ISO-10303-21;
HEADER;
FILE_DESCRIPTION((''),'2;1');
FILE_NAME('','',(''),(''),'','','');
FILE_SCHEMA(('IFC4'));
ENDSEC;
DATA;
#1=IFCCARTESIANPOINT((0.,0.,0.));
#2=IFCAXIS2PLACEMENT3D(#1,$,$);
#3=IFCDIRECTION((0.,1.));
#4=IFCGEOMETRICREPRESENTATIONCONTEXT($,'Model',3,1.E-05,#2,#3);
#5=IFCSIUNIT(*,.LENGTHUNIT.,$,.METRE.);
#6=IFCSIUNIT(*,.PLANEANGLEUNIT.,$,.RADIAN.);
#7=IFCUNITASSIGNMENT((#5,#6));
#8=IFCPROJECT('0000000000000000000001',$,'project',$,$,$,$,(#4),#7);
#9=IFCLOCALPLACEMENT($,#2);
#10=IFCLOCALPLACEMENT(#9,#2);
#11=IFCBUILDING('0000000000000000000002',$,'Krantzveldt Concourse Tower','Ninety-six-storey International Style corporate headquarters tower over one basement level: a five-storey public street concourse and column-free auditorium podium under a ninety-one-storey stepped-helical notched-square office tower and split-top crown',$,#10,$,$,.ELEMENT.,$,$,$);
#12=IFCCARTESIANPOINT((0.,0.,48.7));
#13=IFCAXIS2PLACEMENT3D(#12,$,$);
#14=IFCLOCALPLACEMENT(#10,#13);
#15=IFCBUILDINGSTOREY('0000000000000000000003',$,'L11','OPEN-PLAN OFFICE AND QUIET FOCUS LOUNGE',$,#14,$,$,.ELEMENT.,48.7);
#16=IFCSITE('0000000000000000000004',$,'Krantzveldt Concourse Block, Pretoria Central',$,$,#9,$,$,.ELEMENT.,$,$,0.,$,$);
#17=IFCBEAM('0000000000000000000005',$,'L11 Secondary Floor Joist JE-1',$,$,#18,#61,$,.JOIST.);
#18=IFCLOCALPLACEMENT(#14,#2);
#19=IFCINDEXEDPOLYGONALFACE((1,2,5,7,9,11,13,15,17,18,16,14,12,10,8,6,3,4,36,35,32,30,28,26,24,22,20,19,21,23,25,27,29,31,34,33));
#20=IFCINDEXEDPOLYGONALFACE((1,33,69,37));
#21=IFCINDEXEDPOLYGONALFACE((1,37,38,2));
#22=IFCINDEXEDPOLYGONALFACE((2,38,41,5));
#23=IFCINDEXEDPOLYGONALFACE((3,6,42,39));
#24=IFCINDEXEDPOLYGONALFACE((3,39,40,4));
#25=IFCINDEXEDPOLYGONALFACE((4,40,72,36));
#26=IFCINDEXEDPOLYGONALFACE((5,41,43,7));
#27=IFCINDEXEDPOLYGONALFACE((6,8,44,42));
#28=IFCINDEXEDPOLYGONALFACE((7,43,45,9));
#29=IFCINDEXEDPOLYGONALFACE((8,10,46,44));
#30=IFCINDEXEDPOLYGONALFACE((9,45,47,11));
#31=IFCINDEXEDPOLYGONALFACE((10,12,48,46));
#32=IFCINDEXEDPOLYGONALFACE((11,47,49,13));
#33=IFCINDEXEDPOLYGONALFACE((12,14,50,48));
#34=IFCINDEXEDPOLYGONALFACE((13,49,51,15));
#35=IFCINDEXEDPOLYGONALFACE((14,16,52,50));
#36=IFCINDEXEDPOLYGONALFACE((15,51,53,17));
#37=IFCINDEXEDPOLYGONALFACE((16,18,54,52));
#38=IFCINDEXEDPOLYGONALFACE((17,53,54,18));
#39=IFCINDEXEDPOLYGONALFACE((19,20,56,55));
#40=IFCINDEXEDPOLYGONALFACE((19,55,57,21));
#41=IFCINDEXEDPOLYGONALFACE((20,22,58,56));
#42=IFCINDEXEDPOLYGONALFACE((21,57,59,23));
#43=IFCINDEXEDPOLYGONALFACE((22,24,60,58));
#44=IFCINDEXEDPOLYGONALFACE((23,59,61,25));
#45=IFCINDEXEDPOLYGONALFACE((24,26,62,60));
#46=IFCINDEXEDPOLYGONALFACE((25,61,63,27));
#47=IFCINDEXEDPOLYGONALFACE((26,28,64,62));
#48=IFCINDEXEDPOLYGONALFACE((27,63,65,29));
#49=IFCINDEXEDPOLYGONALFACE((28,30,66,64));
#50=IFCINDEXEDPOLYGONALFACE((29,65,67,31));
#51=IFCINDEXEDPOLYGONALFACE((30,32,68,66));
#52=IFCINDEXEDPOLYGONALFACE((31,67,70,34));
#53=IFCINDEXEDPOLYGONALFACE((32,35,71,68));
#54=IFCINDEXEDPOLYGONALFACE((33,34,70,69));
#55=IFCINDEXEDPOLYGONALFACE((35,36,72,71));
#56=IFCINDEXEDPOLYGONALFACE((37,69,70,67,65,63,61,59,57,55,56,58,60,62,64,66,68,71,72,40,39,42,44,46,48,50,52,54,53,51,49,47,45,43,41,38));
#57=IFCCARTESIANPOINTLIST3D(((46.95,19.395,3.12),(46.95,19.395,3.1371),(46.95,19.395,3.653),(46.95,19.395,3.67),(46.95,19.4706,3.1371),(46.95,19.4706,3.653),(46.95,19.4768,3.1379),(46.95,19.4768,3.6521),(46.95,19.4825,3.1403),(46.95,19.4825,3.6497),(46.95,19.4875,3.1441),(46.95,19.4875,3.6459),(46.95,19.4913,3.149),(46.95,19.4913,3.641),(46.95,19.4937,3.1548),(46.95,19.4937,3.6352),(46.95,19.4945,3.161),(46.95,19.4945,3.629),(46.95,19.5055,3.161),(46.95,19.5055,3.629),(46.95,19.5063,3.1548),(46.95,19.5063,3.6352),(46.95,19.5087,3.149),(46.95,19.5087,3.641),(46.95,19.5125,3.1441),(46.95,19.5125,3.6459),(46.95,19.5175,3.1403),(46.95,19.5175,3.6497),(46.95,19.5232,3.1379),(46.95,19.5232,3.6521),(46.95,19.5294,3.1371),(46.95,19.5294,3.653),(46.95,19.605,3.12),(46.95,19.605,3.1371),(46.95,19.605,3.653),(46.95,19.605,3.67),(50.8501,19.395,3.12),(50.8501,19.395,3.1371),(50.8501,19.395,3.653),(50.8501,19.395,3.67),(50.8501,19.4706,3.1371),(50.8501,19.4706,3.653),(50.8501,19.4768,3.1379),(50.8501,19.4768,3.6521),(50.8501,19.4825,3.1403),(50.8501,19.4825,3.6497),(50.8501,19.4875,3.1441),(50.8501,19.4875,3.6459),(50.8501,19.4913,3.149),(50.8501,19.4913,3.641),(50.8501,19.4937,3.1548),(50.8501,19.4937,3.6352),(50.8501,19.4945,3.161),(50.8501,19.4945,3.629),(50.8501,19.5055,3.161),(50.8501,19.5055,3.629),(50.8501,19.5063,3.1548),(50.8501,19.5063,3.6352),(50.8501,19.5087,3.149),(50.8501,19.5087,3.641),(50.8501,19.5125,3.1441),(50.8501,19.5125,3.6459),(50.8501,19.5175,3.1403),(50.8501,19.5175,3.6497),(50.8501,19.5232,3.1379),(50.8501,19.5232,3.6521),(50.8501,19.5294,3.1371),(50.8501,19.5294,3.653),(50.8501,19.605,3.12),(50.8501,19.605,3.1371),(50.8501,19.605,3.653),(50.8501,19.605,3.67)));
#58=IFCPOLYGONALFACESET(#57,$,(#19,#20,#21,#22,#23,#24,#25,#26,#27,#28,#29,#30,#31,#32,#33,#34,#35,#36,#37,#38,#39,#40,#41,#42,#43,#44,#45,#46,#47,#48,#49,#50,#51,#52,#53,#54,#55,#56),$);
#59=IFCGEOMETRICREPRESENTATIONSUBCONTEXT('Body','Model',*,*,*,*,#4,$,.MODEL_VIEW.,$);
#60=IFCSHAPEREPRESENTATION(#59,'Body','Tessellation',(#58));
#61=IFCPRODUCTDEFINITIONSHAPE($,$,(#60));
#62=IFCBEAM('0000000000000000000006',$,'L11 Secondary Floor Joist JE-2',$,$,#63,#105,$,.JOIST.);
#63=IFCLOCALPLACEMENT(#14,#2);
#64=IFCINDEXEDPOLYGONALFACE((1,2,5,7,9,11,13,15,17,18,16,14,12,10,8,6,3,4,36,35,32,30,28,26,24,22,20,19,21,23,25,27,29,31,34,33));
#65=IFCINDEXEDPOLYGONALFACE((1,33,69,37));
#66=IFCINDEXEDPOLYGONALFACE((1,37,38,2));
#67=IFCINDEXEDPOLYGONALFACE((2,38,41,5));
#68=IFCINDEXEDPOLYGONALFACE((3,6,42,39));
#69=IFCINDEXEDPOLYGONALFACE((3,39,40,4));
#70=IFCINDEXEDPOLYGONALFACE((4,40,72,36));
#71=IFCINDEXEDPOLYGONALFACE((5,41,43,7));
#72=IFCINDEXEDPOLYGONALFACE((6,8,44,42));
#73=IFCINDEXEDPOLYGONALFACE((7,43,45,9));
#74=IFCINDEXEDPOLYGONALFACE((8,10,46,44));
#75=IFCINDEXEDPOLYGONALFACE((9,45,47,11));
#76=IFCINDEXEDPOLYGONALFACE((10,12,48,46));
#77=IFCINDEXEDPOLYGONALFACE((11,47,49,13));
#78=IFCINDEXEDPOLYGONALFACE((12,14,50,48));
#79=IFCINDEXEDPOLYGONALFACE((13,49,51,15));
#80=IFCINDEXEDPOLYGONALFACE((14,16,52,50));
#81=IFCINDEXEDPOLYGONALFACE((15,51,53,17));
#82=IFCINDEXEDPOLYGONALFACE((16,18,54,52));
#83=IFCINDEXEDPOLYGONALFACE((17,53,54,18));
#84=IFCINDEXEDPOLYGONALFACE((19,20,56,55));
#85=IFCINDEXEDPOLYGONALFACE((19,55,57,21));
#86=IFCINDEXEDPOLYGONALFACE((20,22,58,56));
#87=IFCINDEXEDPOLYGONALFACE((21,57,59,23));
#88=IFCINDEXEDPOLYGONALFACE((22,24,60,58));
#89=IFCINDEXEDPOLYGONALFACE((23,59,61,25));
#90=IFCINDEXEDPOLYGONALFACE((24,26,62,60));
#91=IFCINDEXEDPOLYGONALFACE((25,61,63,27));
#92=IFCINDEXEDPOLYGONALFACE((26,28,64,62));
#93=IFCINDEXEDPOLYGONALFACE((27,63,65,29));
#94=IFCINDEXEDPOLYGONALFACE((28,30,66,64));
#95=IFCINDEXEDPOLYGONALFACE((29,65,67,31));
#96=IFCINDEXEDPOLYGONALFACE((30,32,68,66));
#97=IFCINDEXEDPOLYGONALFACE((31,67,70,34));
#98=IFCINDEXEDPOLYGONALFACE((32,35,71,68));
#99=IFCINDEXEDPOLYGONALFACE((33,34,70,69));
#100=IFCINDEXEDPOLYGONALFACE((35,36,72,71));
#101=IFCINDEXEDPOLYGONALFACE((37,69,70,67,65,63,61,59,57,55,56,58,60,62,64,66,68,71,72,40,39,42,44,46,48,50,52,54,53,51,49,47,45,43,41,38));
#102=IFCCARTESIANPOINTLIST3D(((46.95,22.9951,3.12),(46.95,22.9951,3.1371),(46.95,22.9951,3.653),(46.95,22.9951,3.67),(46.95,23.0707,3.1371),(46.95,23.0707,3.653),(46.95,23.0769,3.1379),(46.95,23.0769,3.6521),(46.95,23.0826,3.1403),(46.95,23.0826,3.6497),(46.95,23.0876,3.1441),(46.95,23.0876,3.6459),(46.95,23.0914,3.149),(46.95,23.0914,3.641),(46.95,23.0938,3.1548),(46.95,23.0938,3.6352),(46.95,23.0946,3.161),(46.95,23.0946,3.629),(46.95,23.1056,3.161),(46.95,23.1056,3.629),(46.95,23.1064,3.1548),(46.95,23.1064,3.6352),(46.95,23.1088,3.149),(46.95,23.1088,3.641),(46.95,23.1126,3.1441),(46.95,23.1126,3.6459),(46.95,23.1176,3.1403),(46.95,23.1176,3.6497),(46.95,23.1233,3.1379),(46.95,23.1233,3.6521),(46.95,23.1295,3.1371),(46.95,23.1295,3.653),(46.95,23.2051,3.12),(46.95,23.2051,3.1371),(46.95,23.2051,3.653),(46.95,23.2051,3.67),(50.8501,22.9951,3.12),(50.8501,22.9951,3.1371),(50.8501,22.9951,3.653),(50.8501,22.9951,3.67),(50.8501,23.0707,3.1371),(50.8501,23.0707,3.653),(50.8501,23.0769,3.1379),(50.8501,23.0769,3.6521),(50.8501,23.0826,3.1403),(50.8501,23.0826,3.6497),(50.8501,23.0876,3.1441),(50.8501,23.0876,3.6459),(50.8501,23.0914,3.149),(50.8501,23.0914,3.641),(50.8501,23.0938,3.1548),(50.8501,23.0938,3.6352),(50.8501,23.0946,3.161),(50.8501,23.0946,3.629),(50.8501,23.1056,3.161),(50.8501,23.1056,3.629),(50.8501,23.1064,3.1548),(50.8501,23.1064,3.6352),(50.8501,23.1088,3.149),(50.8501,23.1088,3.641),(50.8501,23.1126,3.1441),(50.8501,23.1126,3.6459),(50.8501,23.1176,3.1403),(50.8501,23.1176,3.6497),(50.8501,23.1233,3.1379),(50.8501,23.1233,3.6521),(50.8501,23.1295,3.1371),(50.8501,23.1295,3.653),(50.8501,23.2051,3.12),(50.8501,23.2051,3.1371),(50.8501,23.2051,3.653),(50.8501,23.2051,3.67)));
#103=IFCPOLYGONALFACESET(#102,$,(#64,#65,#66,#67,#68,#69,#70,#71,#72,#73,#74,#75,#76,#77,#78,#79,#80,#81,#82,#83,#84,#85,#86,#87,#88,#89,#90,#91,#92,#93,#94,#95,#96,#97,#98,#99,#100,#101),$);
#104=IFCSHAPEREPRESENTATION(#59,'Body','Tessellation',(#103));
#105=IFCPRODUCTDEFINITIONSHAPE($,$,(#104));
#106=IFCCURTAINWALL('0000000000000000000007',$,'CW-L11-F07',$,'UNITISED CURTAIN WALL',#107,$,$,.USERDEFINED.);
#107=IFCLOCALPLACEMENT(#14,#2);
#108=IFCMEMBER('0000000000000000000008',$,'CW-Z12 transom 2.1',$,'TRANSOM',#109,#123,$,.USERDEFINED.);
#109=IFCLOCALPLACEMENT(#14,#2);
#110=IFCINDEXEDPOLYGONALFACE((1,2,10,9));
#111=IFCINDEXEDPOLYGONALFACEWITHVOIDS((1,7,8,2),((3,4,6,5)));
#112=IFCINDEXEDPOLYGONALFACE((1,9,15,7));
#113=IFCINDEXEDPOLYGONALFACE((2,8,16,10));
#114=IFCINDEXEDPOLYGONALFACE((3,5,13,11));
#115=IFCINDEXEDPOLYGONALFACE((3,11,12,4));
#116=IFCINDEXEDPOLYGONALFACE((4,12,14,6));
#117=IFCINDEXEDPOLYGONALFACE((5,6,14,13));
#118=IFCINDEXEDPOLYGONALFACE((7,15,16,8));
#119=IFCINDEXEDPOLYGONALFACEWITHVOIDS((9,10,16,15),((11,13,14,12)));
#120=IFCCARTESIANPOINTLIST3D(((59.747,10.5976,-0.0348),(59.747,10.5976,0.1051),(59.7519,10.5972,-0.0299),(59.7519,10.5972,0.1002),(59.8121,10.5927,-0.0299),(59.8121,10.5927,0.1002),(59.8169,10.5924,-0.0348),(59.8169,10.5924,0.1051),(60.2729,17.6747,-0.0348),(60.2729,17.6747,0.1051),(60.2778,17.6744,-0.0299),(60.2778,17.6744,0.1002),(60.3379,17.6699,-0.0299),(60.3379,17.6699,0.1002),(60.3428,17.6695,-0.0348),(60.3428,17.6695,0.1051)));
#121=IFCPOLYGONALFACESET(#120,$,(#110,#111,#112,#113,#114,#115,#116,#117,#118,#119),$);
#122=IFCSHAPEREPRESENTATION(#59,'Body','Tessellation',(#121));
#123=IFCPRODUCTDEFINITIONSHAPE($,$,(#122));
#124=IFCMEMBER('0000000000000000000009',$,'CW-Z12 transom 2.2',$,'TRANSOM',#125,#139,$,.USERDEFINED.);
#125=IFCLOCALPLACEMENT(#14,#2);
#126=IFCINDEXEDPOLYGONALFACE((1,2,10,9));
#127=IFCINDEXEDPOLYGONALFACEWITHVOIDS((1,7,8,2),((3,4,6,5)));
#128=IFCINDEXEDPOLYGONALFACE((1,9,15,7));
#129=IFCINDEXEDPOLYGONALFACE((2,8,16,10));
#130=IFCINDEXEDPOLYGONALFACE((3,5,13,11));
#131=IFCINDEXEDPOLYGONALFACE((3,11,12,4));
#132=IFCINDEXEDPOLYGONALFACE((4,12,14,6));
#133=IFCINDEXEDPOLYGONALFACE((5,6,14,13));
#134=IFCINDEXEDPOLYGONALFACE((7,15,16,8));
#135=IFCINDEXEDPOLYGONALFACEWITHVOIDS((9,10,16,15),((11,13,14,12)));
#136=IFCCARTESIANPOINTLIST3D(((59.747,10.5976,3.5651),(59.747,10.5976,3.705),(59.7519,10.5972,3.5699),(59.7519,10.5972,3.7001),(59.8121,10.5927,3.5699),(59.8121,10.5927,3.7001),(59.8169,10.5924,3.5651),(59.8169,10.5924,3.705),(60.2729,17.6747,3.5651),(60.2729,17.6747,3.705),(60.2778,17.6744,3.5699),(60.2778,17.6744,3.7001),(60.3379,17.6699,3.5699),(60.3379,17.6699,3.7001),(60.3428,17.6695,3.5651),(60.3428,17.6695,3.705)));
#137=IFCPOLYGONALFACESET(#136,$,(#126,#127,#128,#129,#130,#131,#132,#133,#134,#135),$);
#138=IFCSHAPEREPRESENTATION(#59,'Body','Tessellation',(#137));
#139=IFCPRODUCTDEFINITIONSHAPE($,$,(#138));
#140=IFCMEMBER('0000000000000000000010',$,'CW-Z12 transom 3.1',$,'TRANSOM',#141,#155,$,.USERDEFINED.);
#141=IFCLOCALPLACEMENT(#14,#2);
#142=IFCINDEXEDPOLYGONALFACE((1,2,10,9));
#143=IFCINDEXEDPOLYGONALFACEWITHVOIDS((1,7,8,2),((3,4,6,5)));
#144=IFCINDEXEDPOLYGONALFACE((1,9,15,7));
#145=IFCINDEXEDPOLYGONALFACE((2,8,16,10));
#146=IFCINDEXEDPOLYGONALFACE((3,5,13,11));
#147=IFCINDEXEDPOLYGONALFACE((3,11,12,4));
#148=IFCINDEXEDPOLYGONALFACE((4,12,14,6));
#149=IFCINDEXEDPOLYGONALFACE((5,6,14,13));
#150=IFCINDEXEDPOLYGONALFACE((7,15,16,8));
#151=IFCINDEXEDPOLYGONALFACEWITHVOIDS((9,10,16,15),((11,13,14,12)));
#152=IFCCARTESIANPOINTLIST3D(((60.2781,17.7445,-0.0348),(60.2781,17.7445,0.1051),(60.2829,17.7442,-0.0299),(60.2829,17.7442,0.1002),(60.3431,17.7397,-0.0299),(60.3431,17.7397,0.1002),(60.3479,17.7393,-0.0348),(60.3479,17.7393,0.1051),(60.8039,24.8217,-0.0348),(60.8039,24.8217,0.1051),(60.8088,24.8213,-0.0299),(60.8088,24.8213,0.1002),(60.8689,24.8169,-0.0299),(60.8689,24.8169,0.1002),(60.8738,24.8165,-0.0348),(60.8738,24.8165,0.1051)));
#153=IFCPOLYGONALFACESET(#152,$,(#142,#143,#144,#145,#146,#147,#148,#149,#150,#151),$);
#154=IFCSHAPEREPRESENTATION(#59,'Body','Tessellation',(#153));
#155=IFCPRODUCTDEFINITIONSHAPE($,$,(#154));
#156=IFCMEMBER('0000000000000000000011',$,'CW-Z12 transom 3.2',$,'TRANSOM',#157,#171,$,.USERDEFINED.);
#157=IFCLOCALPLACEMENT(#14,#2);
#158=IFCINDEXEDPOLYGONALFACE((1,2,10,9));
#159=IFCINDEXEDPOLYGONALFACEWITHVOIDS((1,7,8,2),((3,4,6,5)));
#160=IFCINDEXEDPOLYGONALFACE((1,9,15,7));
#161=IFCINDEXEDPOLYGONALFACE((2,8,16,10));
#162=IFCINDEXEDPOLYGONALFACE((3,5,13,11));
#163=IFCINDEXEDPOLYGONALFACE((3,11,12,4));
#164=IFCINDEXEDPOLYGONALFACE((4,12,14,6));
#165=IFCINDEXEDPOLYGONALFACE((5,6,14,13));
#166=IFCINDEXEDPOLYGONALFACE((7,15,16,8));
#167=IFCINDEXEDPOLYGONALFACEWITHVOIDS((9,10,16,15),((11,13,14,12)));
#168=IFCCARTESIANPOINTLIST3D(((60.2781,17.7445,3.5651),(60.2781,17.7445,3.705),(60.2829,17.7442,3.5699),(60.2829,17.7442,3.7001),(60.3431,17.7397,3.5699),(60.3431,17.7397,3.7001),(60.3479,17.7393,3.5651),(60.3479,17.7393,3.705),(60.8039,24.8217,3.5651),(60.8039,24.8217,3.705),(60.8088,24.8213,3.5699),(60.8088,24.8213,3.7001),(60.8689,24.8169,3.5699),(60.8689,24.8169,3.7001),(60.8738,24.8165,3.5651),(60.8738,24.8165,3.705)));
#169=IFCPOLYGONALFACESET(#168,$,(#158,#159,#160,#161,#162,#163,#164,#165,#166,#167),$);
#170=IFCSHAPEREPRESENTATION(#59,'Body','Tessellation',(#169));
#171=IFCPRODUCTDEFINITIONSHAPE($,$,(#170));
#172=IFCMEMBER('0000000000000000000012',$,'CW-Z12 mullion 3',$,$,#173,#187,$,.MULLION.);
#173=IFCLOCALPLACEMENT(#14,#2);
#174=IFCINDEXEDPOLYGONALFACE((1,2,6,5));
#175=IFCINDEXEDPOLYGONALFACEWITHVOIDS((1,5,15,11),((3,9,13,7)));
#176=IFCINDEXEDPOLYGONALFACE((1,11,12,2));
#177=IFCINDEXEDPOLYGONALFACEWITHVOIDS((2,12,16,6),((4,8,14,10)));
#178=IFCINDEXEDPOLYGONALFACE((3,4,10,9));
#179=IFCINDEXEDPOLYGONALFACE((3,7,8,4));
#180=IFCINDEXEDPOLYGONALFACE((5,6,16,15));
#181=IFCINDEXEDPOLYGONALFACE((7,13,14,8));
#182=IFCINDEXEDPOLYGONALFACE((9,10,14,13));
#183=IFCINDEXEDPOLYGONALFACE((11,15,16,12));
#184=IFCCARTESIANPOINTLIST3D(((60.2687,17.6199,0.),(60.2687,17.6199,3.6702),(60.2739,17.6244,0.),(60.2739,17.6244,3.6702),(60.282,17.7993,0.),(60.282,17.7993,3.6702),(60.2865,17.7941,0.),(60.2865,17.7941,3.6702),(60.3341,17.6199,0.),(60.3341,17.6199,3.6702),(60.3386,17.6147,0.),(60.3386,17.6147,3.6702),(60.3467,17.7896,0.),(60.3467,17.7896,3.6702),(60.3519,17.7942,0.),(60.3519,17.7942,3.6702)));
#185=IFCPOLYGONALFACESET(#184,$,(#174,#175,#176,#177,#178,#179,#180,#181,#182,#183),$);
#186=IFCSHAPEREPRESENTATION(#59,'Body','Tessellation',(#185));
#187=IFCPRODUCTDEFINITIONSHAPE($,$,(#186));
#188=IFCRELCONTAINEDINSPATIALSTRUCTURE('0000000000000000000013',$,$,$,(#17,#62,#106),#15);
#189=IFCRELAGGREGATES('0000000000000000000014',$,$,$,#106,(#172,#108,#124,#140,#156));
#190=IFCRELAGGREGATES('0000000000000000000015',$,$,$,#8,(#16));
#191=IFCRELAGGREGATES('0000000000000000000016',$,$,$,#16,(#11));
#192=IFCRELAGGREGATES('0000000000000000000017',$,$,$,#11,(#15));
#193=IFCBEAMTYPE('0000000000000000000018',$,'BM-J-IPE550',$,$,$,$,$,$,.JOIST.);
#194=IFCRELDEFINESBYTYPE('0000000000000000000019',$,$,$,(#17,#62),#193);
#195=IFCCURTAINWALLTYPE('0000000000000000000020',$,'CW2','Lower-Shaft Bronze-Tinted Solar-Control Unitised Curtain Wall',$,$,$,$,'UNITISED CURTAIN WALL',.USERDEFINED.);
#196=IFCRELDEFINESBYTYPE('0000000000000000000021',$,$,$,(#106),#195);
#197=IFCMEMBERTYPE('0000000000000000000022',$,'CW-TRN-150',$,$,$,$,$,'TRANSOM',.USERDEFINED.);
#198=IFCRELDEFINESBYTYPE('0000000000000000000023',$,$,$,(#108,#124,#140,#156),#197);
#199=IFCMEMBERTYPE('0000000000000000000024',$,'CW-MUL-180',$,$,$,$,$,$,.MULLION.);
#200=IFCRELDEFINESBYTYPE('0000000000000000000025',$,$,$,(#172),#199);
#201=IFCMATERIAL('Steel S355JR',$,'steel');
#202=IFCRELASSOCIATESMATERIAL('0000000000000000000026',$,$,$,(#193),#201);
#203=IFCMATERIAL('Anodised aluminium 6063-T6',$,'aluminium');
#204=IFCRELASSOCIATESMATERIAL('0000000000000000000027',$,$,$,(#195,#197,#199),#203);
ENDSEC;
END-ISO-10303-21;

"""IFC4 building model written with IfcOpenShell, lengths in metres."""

from ifc_helpers import new_model, si_unit, direction, frame, origin, origin_2d, place, context, subcontext, project, spatial, hollow_rectangle, i_section, extrude, source, transform, mapped, material, material_profile, profile_set, type_object, type_shapes, element, aggregate, save


model = new_model("IFC4")

# Units and contexts
model_context = context("Model", 3, precision=1e-05, world=origin(), true_north=direction((0.0, 1.0)))
body_context = subcontext(model_context, "Body", "Model", "MODEL_VIEW")
ifc_project = project(units=[si_unit("LENGTHUNIT", "METRE"), si_unit("PLANEANGLEUNIT", "RADIAN")], contexts=[model_context])

# Site, building, storey
site_placement = place(None, origin())
site = spatial("IfcSite", under=ifc_project, at=site_placement, Name="Krantzveldt Concourse Block, Pretoria Central", CompositionType="ELEMENT", RefElevation=0.0)
building_placement = place(site_placement, origin())
building = spatial("IfcBuilding", under=site, at=building_placement, Name="Krantzveldt Concourse Tower", Description="Ninety-six-storey International Style corporate headquarters tower over one basement level: a five-storey public street concourse and column-free auditorium podium under a ninety-one-storey stepped-helical notched-square office tower and split-top crown", CompositionType="ELEMENT")
storey_placement = place(building_placement, frame((0.0, 0.0, 48.7)))
storey = spatial("IfcBuildingStorey", under=building, at=storey_placement, Name="L11", Description="OPEN-PLAN OFFICE AND QUIET FOCUS LOUNGE", CompositionType="ELEMENT", Elevation=48.7)

# Beams
ifc_material_1 = material(Name="Steel S355JR", Category="steel")
ifc_material_profile_1 = material_profile(ifc_material_1, i_section(OverallWidth=0.21, OverallDepth=0.55, WebThickness=0.011, FlangeThickness=0.0171, FilletRadius=0.0239, at=origin_2d()), Name="Steel S355JR", Category="steel")
ifc_profile_set_1 = profile_set([ifc_material_profile_1], Name="Steel S355JR - IPE 550")
beam_type_1 = type_object("IfcBeamType", Name="BM-J-IPE550", PredefinedType="JOIST", material=ifc_profile_set_1)
shared_shape_1 = source(origin(), body_context, "Body", "SweptSolid", [
    extrude(i_section(OverallWidth=0.21, OverallDepth=0.55, WebThickness=0.011, FlangeThickness=0.0171, FilletRadius=0.0239, at=origin_2d()), origin(), (0.0, 0.0, 1.0), 3.9001),
])
type_shapes(beam_type_1, [shared_shape_1])
for number, where, z_axis, x_axis, name in (
    (1, (46.95, 19.5, 3.395), (1.0, 0.0, 0.0), (0.0, 1.0, 0.0), "L11 Secondary Floor Joist JE-1"),
    (2, (46.95, 23.1001, 3.395), (1.0, 0.0, 0.0), (0.0, 1.0, 0.0), "L11 Secondary Floor Joist JE-2"),
):
    element("IfcBeam", number, at=place(storey_placement, frame(where, z_axis=z_axis, x_axis=x_axis)), inside=storey, type_object=beam_type_1, Name=name, PredefinedType="JOIST", context=body_context, shape_type="MappedRepresentation", body=[
        mapped(shared_shape_1, transform((0.0, 0.0, 0.0), x_axis=(1.0, 0.0, 0.0), y_axis=(0.0, 1.0, 0.0), z_axis=(0.0, 0.0, 1.0), scale=1.0)),
    ])

# Curtain wall, members
ifc_material_2 = material(Name="Anodised aluminium 6063-T6", Category="aluminium")
curtain_wall_type = type_object("IfcCurtainWallType", Name="CW2", Description="Lower-Shaft Bronze-Tinted Solar-Control Unitised Curtain Wall", ElementType="UNITISED CURTAIN WALL", PredefinedType="USERDEFINED", material=ifc_material_2)
curtain_wall_placement = place(storey_placement, origin())
curtain_wall = element("IfcCurtainWall", 3, at=curtain_wall_placement, inside=storey, type_object=curtain_wall_type, Name="CW-L11-F07", ObjectType="UNITISED CURTAIN WALL", PredefinedType="USERDEFINED")
ifc_material_profile_2 = material_profile(ifc_material_2, hollow_rectangle(XDim=0.0701, YDim=0.1399, WallThickness=0.0049, at=origin_2d()), Name="Anodised aluminium 6063-T6", Category="aluminium")
ifc_profile_set_2 = profile_set([ifc_material_profile_2], Name="Anodised aluminium 6063-T6 - ALU-TRAN 140x70x5")
member_type_1 = type_object("IfcMemberType", Name="CW-TRN-150", ElementType="TRANSOM", PredefinedType="USERDEFINED", material=ifc_profile_set_2)
shared_shape_2 = source(origin(), body_context, "Body", "SweptSolid", [
    extrude(hollow_rectangle(XDim=0.0701, YDim=0.1399, WallThickness=0.0049, at=origin_2d()), origin(), (0.0, 0.0, 1.0), 7.0967),
])
type_shapes(member_type_1, [shared_shape_2])
member_1_placement = place(storey_placement, frame((59.782, 10.595, 0.0352), z_axis=(0.074102, 0.997251, 0.0), x_axis=(-0.997251, 0.074102, 0.0)))
member_1 = element("IfcMember", 4, at=member_1_placement, type_object=member_type_1, Name="CW-Z12 transom 2.1", ObjectType="TRANSOM", PredefinedType="USERDEFINED", context=body_context, shape_type="MappedRepresentation", body=[
    mapped(shared_shape_2, transform((0.0, 0.0, 0.0), x_axis=(1.0, 0.0, 0.0), y_axis=(0.0, 1.0, 0.0), z_axis=(0.0, 0.0, 1.0), scale=1.0)),
])
member_2_placement = place(storey_placement, frame((59.782, 10.595, 3.635), z_axis=(0.074102, 0.997251, 0.0), x_axis=(-0.997251, 0.074102, 0.0)))
member_2 = element("IfcMember", 5, at=member_2_placement, type_object=member_type_1, Name="CW-Z12 transom 2.2", ObjectType="TRANSOM", PredefinedType="USERDEFINED", context=body_context, shape_type="MappedRepresentation", body=[
    mapped(shared_shape_2, transform((0.0, 0.0, 0.0), x_axis=(1.0, 0.0, 0.0), y_axis=(0.0, 1.0, 0.0), z_axis=(0.0, 0.0, 1.0), scale=1.0)),
])
member_3_placement = place(storey_placement, frame((60.313, 17.7419, 0.0352), z_axis=(0.074102, 0.997251, 0.0), x_axis=(-0.997251, 0.074102, 0.0)))
member_3 = element("IfcMember", 6, at=member_3_placement, type_object=member_type_1, Name="CW-Z12 transom 3.1", ObjectType="TRANSOM", PredefinedType="USERDEFINED", context=body_context, shape_type="MappedRepresentation", body=[
    mapped(shared_shape_2, transform((0.0, 0.0, 0.0), x_axis=(1.0, 0.0, 0.0), y_axis=(0.0, 1.0, 0.0), z_axis=(0.0, 0.0, 1.0), scale=1.0)),
])
member_4_placement = place(storey_placement, frame((60.313, 17.7419, 3.635), z_axis=(0.074102, 0.997251, 0.0), x_axis=(-0.997251, 0.074102, 0.0)))
member_4 = element("IfcMember", 7, at=member_4_placement, type_object=member_type_1, Name="CW-Z12 transom 3.2", ObjectType="TRANSOM", PredefinedType="USERDEFINED", context=body_context, shape_type="MappedRepresentation", body=[
    mapped(shared_shape_2, transform((0.0, 0.0, 0.0), x_axis=(1.0, 0.0, 0.0), y_axis=(0.0, 1.0, 0.0), z_axis=(0.0, 0.0, 1.0), scale=1.0)),
])
ifc_material_profile_3 = material_profile(ifc_material_2, hollow_rectangle(XDim=0.0701, YDim=0.1799, WallThickness=0.0049, at=origin_2d()), Name="Anodised aluminium 6063-T6", Category="aluminium")
ifc_profile_set_3 = profile_set([ifc_material_profile_3], Name="Anodised aluminium 6063-T6 - ALU-MULL 180x70x5")
member_type_2 = type_object("IfcMemberType", Name="CW-MUL-180", PredefinedType="MULLION", material=ifc_profile_set_3)
shared_shape_3 = source(origin(), body_context, "Body", "SweptSolid", [
    extrude(hollow_rectangle(XDim=0.0701, YDim=0.1799, WallThickness=0.0049, at=origin_2d()), origin(), (0.0, 0.0, 1.0), 3.6702),
])
type_shapes(member_type_2, [shared_shape_3])
member_5_placement = place(storey_placement, frame((60.3103, 17.707, 0.0), z_axis=(0.0, 0.0, 1.0), x_axis=(-0.99725, 0.074109, 0.0)))
member_5 = element("IfcMember", 8, at=member_5_placement, type_object=member_type_2, Name="CW-Z12 mullion 3", PredefinedType="MULLION", context=body_context, shape_type="MappedRepresentation", body=[
    mapped(shared_shape_3, transform((0.0, 0.0, 0.0), x_axis=(1.0, 0.0, 0.0), y_axis=(0.0, 1.0, 0.0), z_axis=(0.0, 0.0, 1.0), scale=1.0)),
])
aggregate(curtain_wall, [member_5, member_1, member_2, member_3, member_4])

save(model, "model.ifc")
